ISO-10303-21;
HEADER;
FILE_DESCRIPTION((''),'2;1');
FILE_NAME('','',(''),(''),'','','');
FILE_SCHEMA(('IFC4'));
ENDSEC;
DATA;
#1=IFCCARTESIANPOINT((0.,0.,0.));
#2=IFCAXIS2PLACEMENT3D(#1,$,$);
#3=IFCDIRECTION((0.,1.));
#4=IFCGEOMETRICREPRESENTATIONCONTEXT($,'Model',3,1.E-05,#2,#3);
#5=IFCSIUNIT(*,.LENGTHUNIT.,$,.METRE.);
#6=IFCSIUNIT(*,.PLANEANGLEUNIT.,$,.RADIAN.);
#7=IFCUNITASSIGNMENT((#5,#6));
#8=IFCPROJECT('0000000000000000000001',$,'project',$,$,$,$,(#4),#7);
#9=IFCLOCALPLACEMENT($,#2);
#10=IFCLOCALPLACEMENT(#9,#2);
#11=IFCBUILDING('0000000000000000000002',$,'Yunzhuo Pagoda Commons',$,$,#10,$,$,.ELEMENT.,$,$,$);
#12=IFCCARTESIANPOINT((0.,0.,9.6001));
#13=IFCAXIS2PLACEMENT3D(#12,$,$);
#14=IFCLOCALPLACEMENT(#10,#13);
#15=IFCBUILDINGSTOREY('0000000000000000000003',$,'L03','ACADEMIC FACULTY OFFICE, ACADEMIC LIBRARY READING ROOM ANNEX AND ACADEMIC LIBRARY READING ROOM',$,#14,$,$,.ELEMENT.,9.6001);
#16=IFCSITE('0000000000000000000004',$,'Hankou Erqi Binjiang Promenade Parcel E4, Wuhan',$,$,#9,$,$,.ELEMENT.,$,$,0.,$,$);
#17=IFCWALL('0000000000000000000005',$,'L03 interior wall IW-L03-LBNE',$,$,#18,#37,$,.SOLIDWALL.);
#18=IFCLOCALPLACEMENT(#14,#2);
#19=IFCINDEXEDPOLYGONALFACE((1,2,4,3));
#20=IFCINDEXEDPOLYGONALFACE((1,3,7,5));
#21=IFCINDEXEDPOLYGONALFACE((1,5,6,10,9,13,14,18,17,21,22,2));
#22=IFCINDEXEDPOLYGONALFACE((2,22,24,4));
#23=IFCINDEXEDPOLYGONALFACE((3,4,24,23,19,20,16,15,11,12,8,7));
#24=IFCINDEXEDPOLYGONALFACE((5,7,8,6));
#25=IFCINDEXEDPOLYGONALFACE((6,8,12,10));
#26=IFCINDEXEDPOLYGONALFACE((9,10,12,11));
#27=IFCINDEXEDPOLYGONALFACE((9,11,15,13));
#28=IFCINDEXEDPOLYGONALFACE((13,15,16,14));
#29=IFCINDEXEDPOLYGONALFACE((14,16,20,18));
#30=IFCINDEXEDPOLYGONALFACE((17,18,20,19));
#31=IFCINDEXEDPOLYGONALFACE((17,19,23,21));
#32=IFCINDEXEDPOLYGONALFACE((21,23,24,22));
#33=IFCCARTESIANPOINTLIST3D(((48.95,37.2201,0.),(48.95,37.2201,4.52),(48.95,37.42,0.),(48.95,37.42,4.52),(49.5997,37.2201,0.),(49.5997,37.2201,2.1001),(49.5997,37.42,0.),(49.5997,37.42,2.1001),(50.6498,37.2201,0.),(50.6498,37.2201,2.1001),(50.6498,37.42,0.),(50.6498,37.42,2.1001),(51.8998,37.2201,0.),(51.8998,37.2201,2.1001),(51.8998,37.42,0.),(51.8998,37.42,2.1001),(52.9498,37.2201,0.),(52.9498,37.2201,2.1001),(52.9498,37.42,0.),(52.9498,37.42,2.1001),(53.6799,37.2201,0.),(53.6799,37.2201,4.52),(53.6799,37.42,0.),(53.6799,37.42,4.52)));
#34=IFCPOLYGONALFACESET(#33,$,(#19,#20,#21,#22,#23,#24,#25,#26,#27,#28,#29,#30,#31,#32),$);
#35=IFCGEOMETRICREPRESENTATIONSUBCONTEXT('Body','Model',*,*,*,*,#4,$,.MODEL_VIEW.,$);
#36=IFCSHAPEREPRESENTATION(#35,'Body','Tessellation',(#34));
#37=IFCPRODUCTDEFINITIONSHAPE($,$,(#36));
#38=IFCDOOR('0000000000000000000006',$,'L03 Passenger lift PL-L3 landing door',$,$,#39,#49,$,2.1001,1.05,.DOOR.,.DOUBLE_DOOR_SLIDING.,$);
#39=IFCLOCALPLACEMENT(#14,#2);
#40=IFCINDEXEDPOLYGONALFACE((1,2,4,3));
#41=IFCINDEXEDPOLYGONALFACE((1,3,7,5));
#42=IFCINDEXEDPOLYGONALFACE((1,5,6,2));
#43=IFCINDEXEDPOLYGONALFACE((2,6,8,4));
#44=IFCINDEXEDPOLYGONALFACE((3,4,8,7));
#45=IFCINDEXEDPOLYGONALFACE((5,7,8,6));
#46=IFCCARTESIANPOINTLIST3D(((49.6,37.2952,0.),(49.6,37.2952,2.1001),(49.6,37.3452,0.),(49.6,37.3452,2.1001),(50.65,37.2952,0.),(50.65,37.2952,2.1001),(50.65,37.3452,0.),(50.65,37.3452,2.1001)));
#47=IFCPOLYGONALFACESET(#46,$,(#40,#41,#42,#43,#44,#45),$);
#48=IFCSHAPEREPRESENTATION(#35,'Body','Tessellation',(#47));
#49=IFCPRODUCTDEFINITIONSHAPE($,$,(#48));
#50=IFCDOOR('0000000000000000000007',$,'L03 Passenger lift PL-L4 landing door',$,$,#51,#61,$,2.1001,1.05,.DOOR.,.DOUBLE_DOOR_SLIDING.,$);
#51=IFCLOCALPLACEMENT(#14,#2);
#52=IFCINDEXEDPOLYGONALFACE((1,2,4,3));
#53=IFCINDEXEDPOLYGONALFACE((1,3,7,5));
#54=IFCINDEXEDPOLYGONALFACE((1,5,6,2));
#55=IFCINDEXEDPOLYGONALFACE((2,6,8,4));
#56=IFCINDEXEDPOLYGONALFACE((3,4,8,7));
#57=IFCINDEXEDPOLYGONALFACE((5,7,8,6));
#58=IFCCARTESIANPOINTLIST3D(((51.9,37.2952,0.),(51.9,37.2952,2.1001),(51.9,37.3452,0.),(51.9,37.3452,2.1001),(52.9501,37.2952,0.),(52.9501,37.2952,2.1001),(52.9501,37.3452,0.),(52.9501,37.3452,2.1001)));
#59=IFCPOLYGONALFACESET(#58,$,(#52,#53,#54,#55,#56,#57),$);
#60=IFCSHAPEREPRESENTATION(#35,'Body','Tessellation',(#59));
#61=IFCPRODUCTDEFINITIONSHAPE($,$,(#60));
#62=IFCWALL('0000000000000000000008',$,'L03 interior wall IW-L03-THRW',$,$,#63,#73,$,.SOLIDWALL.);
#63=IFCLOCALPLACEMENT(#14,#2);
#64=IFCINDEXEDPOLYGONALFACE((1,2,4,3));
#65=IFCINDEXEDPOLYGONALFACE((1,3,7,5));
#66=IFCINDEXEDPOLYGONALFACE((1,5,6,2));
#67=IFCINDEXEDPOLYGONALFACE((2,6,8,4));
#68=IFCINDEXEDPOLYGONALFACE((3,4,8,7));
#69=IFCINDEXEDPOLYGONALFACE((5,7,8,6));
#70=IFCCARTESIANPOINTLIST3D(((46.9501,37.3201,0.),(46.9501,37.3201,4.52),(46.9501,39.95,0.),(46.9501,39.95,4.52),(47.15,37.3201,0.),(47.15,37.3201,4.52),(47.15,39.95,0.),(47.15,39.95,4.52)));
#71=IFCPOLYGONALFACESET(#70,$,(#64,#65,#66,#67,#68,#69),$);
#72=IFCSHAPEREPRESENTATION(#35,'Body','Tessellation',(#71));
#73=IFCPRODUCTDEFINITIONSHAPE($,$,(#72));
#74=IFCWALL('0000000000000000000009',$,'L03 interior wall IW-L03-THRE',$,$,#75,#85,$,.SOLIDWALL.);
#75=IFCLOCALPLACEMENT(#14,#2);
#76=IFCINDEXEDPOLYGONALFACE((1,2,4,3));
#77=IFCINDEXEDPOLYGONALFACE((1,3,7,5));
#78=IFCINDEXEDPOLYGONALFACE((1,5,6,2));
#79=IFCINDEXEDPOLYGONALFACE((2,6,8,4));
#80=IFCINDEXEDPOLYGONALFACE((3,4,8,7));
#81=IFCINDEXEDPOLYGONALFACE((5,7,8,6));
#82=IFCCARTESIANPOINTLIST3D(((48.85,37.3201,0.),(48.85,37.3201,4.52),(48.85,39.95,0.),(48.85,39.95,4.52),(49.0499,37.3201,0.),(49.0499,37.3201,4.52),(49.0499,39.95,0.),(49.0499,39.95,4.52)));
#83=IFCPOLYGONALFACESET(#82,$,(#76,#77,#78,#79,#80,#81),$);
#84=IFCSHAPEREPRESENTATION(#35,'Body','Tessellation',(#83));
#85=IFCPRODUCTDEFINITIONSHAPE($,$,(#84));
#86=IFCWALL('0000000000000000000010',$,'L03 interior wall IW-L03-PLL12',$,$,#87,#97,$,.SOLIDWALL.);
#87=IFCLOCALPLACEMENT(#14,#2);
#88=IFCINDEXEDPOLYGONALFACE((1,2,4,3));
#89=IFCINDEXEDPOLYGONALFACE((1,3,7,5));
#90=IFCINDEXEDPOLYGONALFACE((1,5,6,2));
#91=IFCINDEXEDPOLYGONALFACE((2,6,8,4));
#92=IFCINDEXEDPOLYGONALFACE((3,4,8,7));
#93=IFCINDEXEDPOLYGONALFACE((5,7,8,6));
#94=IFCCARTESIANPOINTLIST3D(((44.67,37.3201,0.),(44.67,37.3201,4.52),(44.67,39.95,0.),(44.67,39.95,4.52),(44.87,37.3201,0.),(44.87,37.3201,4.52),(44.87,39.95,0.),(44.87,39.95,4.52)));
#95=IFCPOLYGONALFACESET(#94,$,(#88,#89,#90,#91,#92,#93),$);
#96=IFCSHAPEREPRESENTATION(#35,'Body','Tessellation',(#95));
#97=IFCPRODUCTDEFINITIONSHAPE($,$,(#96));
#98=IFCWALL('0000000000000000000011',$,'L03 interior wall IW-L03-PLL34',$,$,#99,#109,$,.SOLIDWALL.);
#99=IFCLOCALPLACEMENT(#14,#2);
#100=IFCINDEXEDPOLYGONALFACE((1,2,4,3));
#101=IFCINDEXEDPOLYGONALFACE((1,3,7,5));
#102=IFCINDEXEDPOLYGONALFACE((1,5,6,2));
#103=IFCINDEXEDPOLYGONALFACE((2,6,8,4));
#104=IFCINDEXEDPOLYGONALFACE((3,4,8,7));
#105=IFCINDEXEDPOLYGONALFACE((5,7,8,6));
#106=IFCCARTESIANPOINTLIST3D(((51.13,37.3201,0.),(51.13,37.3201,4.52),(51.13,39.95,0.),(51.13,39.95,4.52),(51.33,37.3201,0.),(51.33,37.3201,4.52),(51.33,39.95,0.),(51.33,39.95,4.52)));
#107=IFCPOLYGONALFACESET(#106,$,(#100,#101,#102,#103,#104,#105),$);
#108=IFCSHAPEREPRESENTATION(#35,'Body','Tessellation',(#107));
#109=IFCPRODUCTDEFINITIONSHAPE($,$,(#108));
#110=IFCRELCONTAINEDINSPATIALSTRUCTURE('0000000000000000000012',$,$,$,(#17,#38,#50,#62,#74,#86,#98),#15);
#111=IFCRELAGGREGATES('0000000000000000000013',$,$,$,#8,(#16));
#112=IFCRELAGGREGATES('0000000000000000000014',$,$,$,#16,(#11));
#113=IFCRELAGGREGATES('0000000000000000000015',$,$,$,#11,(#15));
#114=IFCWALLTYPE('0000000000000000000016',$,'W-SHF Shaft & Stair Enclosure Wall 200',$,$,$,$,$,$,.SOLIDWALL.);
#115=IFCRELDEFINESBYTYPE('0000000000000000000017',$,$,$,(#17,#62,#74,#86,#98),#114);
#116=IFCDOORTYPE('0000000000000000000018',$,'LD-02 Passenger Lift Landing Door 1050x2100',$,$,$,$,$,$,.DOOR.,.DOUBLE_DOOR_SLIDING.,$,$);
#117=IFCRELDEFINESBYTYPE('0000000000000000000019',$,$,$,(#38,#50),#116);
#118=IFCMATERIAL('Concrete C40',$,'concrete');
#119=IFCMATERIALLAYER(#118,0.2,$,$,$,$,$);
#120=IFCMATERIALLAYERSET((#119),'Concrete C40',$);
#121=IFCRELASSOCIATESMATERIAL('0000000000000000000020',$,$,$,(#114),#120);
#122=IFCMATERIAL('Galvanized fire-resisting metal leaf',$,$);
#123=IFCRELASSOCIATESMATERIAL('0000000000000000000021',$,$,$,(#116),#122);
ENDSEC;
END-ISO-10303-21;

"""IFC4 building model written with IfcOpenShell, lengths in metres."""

from ifc_helpers import new_model, si_unit, direction, frame, frame_2d, origin, place, context, subcontext, project, spatial, rectangle, extrude, source, transform, mapped, material, layer, layer_set, type_object, element, fill, save


model = new_model("IFC4")

# Units and contexts
model_context = context("Model", 3, precision=1e-05, world=origin(), true_north=direction((0.0, 1.0)))
body_context = subcontext(model_context, "Body", "Model", "MODEL_VIEW")
ifc_project = project(units=[si_unit("LENGTHUNIT", "METRE"), si_unit("PLANEANGLEUNIT", "RADIAN")], contexts=[model_context])

# Site, building, storey
site_placement = place(None, origin())
site = spatial("IfcSite", under=ifc_project, at=site_placement, Name="Hankou Erqi Binjiang Promenade Parcel E4, Wuhan", CompositionType="ELEMENT", RefElevation=0.0)
building_placement = place(site_placement, origin())
building = spatial("IfcBuilding", under=site, at=building_placement, Name="Yunzhuo Pagoda Commons", CompositionType="ELEMENT")
storey_placement = place(building_placement, frame((0.0, 0.0, 9.6001)))
storey = spatial("IfcBuildingStorey", under=building, at=storey_placement, Name="L03", Description="ACADEMIC FACULTY OFFICE, ACADEMIC LIBRARY READING ROOM ANNEX AND ACADEMIC LIBRARY READING ROOM", CompositionType="ELEMENT", Elevation=9.6001)

# Shared definitions
ifc_material_1 = material(Name="Galvanized fire-resisting metal leaf")
shared_shape_1 = source(origin(), body_context, "Body", "SweptSolid", [
    extrude(rectangle(XDim=1.05, YDim=2.1001, at=frame_2d((0.5249, 1.05))), frame((0.0, 0.0249, 0.0), z_axis=(0.0, -1.0, 0.0), x_axis=(1.0, 0.0, 0.0)), (0.0, 0.0, 1.0), 0.05),
])

# Shared definitions
ifc_material_2 = material(Name="Concrete C40", Category="concrete")
ifc_layer_1 = layer(ifc_material_2, 0.2)
ifc_layer_set_1 = layer_set([ifc_layer_1], Name="Concrete C40")
wall_type_1 = type_object("IfcWallType", Name="W-SHF Shaft & Stair Enclosure Wall 200", PredefinedType="SOLIDWALL", material=ifc_layer_set_1)

# Wall, openings, doors
wall_1_placement = place(storey_placement, frame((48.95, 37.3201, 0.0), z_axis=(0.0, 0.0, 1.0), x_axis=(1.0, 0.0, 0.0)))
wall_1 = element("IfcWall", 1, at=wall_1_placement, inside=storey, type_object=wall_type_1, Name="L03 interior wall IW-L03-LBNE", PredefinedType="SOLIDWALL", context=body_context, shape_type="SweptSolid", body=[
    extrude(rectangle(XDim=4.73, YDim=0.2, at=frame_2d((2.365, 0.0))), origin(), (0.0, 0.0, 1.0), 4.52),
])
opening_1_placement = place(wall_1_placement, frame((0.6499, 0.0, 0.0)))
opening_1 = element("IfcOpeningElement", 2, at=opening_1_placement, cuts=wall_1, PredefinedType="OPENING", context=body_context, shape_type="SweptSolid", body=[
    extrude(rectangle(XDim=1.05, YDim=2.1001, at=frame_2d((0.5249, 1.05))), frame((0.0, 0.1099, 0.0), z_axis=(0.0, -1.0, 0.0), x_axis=(1.0, 0.0, 0.0)), (0.0, 0.0, 1.0), 0.22),
])
opening_2_placement = place(wall_1_placement, frame((2.95, 0.0, 0.0)))
opening_2 = element("IfcOpeningElement", 3, at=opening_2_placement, cuts=wall_1, PredefinedType="OPENING", context=body_context, shape_type="SweptSolid", body=[
    extrude(rectangle(XDim=1.05, YDim=2.1001, at=frame_2d((0.5249, 1.05))), frame((0.0, 0.1099, 0.0), z_axis=(0.0, -1.0, 0.0), x_axis=(1.0, 0.0, 0.0)), (0.0, 0.0, 1.0), 0.22),
])
door_type_1 = type_object("IfcDoorType", Name="LD-02 Passenger Lift Landing Door 1050x2100", OperationType="DOUBLE_DOOR_SLIDING", PredefinedType="DOOR", material=ifc_material_1)
door_1_placement = place(opening_1_placement, frame((1.05, 0.0, 0.0), z_axis=(0.0, 0.0, 1.0), x_axis=(-1.0, 0.0, 0.0)))
door_1 = element("IfcDoor", 4, at=door_1_placement, inside=storey, type_object=door_type_1, Name="L03 Passenger lift PL-L3 landing door", OperationType="DOUBLE_DOOR_SLIDING", OverallHeight=2.1001, OverallWidth=1.05, PredefinedType="DOOR", context=body_context, shape_type="MappedRepresentation", body=[
    mapped(shared_shape_1, transform((0.0, 0.0, 0.0), scale=1.0)),
])
fill(opening_1, door_1)
door_2_placement = place(opening_2_placement, frame((1.05, 0.0, 0.0), z_axis=(0.0, 0.0, 1.0), x_axis=(-1.0, 0.0, 0.0)))
door_2 = element("IfcDoor", 5, at=door_2_placement, inside=storey, type_object=door_type_1, Name="L03 Passenger lift PL-L4 landing door", OperationType="DOUBLE_DOOR_SLIDING", OverallHeight=2.1001, OverallWidth=1.05, PredefinedType="DOOR", context=body_context, shape_type="MappedRepresentation", body=[
    mapped(shared_shape_1, transform((0.0, 0.0, 0.0), scale=1.0)),
])
fill(opening_2, door_2)

# Walls
for number, where, z_axis, x_axis, name in (
    (6, (47.05, 37.3201, 0.0), (0.0, 0.0, 1.0), (0.0, 1.0, 0.0), "L03 interior wall IW-L03-THRW"),
    (7, (48.95, 37.3201, 0.0), (0.0, 0.0, 1.0), (0.0, 1.0, 0.0), "L03 interior wall IW-L03-THRE"),
    (8, (44.77, 37.3201, 0.0), (0.0, 0.0, 1.0), (0.0, 1.0, 0.0), "L03 interior wall IW-L03-PLL12"),
    (9, (51.23, 37.3201, 0.0), (0.0, 0.0, 1.0), (0.0, 1.0, 0.0), "L03 interior wall IW-L03-PLL34"),
):
    element("IfcWall", number, at=place(storey_placement, frame(where, z_axis=z_axis, x_axis=x_axis)), inside=storey, type_object=wall_type_1, Name=name, PredefinedType="SOLIDWALL", context=body_context, shape_type="SweptSolid", body=[
        extrude(rectangle(XDim=2.6299, YDim=0.2, at=frame_2d((1.3149, 0.0))), origin(), (0.0, 0.0, 1.0), 4.52),
    ])

save(model, "model.ifc")
